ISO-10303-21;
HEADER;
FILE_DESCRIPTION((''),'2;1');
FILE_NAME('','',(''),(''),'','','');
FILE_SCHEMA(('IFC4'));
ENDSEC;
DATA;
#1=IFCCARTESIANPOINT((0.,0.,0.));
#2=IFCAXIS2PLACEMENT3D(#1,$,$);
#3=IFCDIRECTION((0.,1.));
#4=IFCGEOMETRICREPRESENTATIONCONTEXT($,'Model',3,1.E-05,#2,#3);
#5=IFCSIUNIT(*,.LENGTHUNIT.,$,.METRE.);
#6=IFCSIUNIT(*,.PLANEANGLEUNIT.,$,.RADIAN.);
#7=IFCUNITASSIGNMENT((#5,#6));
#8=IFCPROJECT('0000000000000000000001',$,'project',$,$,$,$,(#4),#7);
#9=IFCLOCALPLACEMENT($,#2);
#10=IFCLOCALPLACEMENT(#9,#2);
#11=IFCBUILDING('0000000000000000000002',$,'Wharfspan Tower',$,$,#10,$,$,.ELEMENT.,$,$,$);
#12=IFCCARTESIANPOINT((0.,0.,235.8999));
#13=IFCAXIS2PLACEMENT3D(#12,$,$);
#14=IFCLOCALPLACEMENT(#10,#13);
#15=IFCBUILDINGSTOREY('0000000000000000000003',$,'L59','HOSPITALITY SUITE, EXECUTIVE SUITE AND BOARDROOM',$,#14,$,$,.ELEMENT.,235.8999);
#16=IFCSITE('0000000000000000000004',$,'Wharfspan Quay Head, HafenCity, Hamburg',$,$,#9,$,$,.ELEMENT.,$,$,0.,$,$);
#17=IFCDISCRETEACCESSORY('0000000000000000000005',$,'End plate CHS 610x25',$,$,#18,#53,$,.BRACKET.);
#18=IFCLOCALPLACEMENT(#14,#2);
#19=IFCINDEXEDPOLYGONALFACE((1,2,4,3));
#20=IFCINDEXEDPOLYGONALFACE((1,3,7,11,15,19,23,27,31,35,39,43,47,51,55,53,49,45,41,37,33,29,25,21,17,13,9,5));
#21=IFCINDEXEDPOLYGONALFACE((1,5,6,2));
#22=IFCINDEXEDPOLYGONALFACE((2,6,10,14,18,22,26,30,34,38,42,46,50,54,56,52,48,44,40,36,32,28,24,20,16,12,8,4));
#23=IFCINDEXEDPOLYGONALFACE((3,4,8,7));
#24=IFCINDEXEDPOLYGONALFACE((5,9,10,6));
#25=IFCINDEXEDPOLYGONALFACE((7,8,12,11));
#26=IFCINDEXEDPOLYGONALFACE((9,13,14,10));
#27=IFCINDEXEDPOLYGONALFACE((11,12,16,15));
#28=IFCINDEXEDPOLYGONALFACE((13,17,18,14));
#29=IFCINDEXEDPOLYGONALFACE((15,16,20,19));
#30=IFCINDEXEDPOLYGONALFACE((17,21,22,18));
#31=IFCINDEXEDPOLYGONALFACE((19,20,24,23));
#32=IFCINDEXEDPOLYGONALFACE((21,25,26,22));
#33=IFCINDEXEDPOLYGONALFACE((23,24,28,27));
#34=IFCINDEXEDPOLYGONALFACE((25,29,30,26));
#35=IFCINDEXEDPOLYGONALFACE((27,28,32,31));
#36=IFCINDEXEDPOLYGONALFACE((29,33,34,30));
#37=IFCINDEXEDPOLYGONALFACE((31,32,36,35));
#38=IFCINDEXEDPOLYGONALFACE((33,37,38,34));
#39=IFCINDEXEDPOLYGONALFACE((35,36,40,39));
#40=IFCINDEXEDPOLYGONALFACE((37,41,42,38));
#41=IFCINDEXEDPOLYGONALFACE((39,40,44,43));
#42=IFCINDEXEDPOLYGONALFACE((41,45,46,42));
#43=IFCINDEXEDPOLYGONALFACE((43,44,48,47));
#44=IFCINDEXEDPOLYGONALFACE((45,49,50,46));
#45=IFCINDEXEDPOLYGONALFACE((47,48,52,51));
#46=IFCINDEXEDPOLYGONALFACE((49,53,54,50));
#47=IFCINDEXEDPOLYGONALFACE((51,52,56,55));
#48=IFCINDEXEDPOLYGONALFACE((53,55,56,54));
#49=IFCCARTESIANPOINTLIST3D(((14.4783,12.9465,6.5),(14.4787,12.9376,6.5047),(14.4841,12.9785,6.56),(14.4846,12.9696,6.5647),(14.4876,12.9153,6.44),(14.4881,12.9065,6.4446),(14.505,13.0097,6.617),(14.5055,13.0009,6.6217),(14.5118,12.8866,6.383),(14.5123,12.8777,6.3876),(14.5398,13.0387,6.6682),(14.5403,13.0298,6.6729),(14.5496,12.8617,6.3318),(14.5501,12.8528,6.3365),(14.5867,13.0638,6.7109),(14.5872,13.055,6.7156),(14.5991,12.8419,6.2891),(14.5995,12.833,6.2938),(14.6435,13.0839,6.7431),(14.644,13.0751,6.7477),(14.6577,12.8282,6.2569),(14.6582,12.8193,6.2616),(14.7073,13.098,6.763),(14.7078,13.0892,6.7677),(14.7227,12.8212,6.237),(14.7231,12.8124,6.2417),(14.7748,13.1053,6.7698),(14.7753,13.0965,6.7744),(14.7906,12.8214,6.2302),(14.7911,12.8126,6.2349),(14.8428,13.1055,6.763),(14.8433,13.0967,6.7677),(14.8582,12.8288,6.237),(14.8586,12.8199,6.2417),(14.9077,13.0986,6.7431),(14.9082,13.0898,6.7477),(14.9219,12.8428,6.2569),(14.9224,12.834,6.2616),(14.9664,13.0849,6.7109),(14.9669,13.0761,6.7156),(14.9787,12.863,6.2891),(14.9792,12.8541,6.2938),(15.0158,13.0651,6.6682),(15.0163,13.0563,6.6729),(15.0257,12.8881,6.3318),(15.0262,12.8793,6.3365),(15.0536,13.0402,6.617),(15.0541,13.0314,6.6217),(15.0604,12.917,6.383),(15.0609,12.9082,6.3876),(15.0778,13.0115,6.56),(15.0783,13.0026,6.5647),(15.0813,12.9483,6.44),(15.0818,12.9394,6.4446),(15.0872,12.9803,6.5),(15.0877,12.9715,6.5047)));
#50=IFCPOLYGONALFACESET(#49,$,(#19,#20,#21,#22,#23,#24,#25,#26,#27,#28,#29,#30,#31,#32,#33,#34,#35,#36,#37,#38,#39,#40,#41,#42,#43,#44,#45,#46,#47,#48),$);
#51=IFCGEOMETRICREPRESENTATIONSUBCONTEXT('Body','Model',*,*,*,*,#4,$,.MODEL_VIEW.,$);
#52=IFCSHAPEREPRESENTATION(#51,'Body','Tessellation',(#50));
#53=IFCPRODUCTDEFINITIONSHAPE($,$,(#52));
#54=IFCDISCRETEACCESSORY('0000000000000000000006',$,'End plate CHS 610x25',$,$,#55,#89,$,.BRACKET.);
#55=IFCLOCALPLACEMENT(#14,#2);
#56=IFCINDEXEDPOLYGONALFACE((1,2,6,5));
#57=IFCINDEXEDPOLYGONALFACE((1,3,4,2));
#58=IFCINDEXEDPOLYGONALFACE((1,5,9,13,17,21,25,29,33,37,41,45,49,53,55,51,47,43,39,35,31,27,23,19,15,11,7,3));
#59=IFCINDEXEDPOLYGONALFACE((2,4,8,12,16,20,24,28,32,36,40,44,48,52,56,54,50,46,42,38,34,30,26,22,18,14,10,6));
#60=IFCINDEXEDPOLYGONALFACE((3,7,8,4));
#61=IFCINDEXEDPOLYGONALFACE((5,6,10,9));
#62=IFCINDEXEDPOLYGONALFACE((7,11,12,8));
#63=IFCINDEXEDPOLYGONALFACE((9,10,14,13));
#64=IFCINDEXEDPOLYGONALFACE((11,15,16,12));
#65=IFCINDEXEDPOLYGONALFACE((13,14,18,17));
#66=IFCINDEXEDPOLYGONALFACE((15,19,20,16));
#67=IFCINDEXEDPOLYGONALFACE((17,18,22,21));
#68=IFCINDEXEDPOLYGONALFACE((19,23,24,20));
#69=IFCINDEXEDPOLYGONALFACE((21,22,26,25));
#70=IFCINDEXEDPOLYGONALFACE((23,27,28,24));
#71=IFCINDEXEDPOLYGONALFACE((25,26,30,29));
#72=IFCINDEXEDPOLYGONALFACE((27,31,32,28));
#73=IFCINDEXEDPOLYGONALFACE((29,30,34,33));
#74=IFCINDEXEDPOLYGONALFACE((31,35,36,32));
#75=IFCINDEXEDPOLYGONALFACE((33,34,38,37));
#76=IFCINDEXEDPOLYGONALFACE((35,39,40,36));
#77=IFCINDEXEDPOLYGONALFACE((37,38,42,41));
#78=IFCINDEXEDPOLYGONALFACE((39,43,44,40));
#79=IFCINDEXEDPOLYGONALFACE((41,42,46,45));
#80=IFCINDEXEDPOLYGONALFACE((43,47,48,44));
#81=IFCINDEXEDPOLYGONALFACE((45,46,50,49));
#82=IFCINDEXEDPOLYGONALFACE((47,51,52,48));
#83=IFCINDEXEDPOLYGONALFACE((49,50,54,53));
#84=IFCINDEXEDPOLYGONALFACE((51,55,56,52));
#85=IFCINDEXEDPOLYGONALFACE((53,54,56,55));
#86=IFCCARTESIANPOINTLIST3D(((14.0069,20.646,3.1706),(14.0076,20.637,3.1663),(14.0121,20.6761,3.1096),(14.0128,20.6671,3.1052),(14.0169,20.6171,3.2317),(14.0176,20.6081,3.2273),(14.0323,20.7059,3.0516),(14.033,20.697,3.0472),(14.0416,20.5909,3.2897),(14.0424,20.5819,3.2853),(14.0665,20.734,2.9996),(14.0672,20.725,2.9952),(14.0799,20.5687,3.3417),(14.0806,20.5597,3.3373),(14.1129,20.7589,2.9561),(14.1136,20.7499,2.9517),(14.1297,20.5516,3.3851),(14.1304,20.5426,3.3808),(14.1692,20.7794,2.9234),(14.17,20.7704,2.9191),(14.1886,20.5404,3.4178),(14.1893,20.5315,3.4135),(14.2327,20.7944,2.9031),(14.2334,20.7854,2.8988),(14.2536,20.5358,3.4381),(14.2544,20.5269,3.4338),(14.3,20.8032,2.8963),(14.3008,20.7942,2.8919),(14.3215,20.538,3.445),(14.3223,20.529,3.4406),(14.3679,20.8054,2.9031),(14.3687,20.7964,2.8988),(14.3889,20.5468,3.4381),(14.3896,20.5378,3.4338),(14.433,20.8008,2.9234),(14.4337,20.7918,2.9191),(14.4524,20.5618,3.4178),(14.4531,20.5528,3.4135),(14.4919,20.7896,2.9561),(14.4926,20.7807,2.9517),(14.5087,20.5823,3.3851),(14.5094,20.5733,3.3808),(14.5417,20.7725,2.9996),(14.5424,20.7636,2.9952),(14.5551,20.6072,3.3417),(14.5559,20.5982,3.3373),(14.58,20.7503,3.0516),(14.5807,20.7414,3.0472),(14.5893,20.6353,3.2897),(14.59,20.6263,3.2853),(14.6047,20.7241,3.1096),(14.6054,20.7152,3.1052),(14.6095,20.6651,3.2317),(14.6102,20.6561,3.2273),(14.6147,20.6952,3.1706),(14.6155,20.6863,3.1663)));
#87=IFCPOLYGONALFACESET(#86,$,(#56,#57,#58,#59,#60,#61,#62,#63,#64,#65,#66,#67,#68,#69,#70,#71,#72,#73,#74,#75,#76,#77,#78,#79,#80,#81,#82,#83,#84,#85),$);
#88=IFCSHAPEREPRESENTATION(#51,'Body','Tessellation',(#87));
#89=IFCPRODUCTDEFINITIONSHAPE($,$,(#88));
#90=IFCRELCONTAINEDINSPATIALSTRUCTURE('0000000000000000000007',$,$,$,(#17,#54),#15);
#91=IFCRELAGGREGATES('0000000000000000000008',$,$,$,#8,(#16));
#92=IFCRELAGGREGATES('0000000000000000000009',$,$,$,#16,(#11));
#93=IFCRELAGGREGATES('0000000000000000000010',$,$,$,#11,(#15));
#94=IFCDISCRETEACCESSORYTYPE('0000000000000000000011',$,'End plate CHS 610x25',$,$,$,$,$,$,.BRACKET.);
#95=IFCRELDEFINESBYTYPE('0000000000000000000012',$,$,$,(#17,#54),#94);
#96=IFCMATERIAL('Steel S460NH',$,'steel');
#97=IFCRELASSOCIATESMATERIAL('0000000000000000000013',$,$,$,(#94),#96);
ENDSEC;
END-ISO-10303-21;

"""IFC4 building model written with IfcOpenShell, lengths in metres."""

from ifc_helpers import new_model, si_unit, direction, frame, origin, origin_2d, place, context, subcontext, project, spatial, circle, extrude, material, material_profile, profile_set, type_object, element, save


model = new_model("IFC4")

# Units and contexts
model_context = context("Model", 3, precision=1e-05, world=origin(), true_north=direction((0.0, 1.0)))
body_context = subcontext(model_context, "Body", "Model", "MODEL_VIEW")
ifc_project = project(units=[si_unit("LENGTHUNIT", "METRE"), si_unit("PLANEANGLEUNIT", "RADIAN")], contexts=[model_context])

# Site, building, storey
site_placement = place(None, origin())
site = spatial("IfcSite", under=ifc_project, at=site_placement, Name="Wharfspan Quay Head, HafenCity, Hamburg", CompositionType="ELEMENT", RefElevation=0.0)
building_placement = place(site_placement, origin())
building = spatial("IfcBuilding", under=site, at=building_placement, Name="Wharfspan Tower", CompositionType="ELEMENT")
storey_placement = place(building_placement, frame((0.0, 0.0, 235.8999)))
storey = spatial("IfcBuildingStorey", under=building, at=storey_placement, Name="L59", Description="HOSPITALITY SUITE, EXECUTIVE SUITE AND BOARDROOM", CompositionType="ELEMENT", Elevation=235.8999)

# Shared definitions
ifc_material_1 = material(Name="Steel S460NH", Category="steel")

# Discrete accessories
ifc_material_profile_1 = material_profile(ifc_material_1, circle(Radius=0.3049, at=origin_2d()))
ifc_profile_set_1 = profile_set([ifc_material_profile_1], Name="Steel S460NH")
discrete_accessory_type = type_object("IfcDiscreteAccessoryType", Name="End plate CHS 610x25", PredefinedType="BRACKET", material=ifc_profile_set_1)
for number, where, z_axis, x_axis, name in (
    (1, (14.7827, 12.9634, 6.5), (0.049073, -0.883319, 0.466196), (0.998456, 0.05547, 0.000001), "End plate CHS 610x25"),
    (2, (14.3115, 20.6616, 3.1663), (-0.072718, 0.896854, 0.436308), (-0.996729, -0.080815, -0.000002), "End plate CHS 610x25"),
):
    element("IfcDiscreteAccessory", number, at=place(storey_placement, frame(where, z_axis=z_axis, x_axis=x_axis)), inside=storey, type_object=discrete_accessory_type, Name=name, PredefinedType="BRACKET", context=body_context, shape_type="SweptSolid", body=[
        extrude(circle(Radius=0.3049, at=origin_2d()), origin(), (0.0, 0.0, 1.0), 0.01),
    ])

save(model, "model.ifc")
